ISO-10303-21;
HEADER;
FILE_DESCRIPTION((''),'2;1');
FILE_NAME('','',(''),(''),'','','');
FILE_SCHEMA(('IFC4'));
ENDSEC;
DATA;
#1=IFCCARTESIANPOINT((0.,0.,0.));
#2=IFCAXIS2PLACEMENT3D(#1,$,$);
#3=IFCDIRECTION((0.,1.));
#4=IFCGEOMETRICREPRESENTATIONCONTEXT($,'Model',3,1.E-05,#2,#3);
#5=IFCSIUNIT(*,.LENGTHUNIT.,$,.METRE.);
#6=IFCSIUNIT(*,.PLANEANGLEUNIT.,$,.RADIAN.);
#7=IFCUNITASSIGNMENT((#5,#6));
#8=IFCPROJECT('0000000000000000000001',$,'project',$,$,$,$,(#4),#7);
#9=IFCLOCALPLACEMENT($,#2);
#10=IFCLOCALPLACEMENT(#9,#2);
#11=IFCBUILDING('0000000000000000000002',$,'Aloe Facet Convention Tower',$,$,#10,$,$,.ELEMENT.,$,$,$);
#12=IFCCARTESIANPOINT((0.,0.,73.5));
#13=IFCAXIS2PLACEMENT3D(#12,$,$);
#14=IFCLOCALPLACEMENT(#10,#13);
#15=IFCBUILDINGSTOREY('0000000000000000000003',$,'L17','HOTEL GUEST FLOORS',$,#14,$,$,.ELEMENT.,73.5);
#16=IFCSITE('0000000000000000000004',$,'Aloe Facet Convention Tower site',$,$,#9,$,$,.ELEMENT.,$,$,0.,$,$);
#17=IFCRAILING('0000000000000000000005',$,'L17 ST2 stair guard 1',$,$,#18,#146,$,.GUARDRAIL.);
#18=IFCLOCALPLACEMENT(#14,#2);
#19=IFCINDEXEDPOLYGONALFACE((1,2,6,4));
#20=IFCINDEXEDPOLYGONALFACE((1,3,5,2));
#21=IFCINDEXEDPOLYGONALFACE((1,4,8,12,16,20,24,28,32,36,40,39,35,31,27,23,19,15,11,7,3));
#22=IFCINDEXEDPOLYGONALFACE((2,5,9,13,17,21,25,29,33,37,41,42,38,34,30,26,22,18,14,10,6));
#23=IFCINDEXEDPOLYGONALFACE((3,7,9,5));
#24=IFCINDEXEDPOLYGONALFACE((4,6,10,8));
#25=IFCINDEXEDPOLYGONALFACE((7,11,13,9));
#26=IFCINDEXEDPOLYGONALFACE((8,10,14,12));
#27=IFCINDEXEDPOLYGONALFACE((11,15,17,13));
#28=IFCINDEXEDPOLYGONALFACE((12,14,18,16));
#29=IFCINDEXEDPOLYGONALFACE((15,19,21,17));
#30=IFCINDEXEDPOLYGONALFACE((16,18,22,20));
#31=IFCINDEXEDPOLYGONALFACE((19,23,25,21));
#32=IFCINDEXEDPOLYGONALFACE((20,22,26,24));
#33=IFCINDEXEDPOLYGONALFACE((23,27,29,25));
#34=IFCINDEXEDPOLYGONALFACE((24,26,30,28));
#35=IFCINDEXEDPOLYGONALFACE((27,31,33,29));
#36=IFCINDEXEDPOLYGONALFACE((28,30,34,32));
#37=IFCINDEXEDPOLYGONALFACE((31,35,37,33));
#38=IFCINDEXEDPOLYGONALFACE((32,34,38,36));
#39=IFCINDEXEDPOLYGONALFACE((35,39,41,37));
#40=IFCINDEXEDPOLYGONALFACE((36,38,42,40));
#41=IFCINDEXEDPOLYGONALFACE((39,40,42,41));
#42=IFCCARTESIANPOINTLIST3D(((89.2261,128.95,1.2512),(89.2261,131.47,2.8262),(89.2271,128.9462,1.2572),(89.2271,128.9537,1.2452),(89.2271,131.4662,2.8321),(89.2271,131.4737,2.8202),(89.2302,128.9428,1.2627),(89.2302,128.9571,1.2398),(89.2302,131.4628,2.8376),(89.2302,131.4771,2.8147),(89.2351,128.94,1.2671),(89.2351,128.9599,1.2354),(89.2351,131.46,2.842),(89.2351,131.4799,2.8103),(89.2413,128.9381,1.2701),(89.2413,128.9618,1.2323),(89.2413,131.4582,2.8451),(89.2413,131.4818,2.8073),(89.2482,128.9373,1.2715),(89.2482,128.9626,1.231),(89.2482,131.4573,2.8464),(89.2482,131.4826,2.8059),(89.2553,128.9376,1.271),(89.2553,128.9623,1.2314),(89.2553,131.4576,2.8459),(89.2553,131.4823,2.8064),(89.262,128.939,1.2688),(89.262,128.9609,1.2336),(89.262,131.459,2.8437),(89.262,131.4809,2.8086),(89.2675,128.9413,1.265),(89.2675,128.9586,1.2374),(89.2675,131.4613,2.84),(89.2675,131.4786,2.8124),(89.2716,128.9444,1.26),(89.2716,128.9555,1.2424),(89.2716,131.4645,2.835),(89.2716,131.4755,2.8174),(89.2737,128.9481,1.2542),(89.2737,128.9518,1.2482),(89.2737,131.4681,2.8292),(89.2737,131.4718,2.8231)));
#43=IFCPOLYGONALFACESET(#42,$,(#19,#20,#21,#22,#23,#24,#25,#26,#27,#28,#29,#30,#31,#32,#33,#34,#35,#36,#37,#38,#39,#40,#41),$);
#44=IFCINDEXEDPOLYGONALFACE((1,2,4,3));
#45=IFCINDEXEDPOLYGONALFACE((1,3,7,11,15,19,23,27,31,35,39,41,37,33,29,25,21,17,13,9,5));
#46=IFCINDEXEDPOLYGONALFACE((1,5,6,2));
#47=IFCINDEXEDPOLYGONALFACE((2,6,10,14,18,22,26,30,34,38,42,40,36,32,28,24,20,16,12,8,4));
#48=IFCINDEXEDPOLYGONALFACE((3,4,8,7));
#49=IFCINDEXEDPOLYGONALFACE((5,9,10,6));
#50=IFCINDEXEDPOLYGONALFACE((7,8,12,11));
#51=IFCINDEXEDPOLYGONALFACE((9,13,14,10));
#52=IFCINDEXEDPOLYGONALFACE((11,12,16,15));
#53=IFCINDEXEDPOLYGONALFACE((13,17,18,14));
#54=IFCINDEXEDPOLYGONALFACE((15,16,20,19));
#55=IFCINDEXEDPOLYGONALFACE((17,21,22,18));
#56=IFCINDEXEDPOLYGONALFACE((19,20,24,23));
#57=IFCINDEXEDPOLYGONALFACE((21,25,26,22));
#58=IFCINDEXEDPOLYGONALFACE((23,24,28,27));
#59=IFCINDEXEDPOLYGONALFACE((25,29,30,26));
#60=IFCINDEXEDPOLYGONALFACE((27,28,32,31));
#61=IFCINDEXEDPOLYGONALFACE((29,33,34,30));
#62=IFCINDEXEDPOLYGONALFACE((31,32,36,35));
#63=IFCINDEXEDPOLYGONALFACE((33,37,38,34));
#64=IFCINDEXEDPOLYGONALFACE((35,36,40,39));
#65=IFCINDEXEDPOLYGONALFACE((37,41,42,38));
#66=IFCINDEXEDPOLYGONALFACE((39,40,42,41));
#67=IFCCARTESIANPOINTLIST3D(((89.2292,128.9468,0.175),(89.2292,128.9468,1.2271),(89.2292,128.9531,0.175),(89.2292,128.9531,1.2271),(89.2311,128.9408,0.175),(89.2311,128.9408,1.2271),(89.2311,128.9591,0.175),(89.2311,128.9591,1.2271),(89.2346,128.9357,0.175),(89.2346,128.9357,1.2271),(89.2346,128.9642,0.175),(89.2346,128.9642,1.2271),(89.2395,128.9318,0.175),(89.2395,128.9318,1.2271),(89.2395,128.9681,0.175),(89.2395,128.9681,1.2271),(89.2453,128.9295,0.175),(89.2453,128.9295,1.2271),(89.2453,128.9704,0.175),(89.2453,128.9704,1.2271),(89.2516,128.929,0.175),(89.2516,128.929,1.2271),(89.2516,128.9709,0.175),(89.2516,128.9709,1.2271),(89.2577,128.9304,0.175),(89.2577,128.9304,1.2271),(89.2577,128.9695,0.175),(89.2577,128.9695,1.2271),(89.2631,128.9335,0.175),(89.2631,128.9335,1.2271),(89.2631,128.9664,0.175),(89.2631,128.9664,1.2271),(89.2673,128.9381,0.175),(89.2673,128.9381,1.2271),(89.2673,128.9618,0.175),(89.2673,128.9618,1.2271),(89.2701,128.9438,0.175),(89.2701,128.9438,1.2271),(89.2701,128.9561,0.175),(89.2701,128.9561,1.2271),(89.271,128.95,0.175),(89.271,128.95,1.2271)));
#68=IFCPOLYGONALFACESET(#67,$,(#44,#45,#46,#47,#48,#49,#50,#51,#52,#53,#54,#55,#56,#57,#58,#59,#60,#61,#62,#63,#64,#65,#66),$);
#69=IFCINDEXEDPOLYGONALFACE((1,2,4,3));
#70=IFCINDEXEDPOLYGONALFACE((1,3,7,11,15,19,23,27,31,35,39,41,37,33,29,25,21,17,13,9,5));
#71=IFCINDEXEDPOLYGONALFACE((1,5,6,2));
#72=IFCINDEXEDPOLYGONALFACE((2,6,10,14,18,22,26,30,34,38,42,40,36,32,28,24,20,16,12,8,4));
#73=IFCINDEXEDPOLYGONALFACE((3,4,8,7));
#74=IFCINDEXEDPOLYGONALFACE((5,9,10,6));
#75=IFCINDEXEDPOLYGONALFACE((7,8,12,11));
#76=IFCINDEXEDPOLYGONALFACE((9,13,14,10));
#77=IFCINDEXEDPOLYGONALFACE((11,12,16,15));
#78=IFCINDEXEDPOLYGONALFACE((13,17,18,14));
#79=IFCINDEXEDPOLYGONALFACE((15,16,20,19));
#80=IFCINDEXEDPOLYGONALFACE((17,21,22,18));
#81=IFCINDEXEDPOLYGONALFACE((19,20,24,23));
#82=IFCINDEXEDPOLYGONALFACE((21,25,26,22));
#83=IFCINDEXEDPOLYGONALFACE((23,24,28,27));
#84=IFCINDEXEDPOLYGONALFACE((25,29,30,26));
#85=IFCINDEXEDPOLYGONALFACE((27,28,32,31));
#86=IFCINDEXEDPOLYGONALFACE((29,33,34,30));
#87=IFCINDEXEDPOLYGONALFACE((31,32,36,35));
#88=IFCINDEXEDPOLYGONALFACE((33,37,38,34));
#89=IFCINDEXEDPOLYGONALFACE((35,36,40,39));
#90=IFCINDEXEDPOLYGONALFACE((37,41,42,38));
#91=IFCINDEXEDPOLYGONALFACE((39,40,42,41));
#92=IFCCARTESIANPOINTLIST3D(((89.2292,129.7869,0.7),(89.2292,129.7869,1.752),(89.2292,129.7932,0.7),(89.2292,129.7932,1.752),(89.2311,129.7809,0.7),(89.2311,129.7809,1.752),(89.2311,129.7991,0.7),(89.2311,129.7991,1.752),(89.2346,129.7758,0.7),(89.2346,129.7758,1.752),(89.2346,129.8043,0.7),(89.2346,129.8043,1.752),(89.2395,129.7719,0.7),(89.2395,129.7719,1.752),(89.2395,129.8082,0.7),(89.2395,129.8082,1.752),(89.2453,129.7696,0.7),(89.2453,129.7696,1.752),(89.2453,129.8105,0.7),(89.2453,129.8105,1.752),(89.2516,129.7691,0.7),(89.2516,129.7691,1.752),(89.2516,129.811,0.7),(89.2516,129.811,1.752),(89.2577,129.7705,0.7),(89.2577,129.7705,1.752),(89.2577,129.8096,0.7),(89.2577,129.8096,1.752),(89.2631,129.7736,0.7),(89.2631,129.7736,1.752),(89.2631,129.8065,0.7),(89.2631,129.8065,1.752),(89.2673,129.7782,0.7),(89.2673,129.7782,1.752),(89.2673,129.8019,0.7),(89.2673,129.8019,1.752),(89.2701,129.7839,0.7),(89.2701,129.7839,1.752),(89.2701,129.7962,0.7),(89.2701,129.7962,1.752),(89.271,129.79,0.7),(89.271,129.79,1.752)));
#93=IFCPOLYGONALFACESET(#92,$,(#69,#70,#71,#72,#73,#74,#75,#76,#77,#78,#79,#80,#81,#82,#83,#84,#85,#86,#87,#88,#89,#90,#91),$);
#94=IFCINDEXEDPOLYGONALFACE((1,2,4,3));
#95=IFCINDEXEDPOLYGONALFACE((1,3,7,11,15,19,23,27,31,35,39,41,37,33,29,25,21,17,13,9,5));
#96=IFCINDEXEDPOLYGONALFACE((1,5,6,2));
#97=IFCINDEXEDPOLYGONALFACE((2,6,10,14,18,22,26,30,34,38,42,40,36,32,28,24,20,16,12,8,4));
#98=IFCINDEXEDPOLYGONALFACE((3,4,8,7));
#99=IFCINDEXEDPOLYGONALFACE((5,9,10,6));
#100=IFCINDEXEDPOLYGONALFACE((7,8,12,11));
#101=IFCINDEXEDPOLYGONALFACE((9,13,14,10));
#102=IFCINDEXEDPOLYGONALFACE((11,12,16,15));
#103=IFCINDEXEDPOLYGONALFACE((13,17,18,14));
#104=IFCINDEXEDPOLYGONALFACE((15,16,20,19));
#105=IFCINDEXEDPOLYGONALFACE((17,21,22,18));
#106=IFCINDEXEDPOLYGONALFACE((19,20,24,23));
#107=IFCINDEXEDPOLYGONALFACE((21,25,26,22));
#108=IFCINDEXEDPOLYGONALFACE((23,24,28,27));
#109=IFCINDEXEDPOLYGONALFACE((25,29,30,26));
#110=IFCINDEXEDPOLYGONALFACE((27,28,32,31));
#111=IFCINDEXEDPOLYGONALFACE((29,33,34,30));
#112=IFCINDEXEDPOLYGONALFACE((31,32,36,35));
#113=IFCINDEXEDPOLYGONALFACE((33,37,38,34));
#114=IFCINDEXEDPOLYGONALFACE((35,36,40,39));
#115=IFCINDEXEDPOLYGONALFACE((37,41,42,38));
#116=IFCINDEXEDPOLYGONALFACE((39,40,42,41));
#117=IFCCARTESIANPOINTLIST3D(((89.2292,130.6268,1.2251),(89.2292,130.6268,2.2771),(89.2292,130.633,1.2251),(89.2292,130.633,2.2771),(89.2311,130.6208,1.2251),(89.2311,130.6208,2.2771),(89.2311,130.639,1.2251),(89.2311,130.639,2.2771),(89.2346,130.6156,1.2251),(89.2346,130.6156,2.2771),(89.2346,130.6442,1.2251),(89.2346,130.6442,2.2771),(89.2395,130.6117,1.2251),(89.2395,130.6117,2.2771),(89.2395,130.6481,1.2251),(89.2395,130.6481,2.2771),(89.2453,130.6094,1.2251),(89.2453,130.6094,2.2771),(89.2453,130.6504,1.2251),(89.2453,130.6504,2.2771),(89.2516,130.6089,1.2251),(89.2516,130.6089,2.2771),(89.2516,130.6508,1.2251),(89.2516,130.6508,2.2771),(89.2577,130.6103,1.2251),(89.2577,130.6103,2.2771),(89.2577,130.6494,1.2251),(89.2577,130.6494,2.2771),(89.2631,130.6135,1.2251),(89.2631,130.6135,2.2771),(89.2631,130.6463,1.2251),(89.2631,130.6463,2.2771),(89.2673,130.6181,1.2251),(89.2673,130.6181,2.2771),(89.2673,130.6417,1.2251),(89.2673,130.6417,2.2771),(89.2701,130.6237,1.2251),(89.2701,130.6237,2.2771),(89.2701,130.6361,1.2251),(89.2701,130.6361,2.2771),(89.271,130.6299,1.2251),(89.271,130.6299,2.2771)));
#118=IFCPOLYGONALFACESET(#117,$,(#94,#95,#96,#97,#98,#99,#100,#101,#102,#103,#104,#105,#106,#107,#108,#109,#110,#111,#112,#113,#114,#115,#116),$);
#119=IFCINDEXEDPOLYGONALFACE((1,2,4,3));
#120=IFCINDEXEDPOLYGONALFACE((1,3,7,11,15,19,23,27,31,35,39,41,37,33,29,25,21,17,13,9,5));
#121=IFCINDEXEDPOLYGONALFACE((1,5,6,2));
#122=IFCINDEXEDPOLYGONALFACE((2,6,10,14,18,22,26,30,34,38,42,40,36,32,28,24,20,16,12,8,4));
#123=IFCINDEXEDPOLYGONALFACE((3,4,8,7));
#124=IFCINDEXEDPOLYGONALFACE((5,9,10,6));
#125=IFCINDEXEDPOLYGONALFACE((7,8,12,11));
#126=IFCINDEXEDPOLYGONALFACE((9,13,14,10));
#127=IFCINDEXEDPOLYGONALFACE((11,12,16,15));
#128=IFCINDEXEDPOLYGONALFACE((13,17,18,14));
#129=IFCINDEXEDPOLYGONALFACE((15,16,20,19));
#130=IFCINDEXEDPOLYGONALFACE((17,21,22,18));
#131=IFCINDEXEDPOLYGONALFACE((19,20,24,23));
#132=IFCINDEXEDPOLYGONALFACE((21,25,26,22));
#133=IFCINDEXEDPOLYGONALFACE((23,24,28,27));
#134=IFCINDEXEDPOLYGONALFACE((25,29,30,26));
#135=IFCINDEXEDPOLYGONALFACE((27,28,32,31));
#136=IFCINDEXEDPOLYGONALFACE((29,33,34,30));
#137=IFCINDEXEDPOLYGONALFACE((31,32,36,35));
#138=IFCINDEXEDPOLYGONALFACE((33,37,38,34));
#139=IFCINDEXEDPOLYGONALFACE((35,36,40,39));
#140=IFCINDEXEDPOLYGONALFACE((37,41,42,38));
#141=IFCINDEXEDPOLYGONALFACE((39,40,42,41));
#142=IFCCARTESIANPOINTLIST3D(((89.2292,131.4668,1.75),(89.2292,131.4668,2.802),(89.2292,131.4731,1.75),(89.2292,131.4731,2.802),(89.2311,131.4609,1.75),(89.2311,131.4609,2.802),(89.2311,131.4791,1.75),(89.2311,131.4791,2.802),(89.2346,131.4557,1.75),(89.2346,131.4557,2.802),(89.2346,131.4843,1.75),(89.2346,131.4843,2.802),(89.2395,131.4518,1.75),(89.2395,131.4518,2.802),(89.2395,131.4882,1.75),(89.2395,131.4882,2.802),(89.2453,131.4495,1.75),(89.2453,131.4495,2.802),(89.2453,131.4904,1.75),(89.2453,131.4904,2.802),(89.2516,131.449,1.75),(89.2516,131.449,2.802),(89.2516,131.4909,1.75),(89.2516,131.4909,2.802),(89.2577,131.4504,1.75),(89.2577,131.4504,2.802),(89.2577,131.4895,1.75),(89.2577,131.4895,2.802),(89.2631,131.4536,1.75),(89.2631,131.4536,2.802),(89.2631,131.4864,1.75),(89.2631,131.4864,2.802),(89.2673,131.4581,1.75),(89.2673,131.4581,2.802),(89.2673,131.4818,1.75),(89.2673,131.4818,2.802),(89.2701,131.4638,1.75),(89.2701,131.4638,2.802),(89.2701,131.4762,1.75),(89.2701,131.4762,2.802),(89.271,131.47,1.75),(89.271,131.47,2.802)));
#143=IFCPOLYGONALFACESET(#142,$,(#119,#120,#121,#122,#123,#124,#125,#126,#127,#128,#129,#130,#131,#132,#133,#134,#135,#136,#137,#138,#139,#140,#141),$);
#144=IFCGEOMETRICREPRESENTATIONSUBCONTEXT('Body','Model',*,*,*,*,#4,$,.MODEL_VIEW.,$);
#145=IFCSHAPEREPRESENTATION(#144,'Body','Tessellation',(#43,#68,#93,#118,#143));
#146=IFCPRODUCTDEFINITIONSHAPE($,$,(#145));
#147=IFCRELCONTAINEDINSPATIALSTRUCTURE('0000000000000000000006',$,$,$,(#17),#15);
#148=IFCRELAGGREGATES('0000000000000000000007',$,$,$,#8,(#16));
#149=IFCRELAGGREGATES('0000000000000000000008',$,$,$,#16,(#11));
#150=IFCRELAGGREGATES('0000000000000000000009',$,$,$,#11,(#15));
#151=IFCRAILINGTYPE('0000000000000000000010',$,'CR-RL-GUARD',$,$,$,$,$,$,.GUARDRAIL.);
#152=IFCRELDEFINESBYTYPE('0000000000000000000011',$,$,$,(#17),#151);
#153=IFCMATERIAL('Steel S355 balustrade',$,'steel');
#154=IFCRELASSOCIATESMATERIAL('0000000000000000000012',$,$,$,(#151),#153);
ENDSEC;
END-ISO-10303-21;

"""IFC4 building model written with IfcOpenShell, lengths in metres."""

from ifc_helpers import new_model, si_unit, direction, frame, origin, origin_2d, place, context, subcontext, project, spatial, circle, extrude, material, type_object, element, save


model = new_model("IFC4")

# Units and contexts
model_context = context("Model", 3, precision=1e-05, world=origin(), true_north=direction((0.0, 1.0)))
body_context = subcontext(model_context, "Body", "Model", "MODEL_VIEW")
ifc_project = project(units=[si_unit("LENGTHUNIT", "METRE"), si_unit("PLANEANGLEUNIT", "RADIAN")], contexts=[model_context])

# Site, building, storey
site_placement = place(None, origin())
site = spatial("IfcSite", under=ifc_project, at=site_placement, Name="Aloe Facet Convention Tower site", CompositionType="ELEMENT", RefElevation=0.0)
building_placement = place(site_placement, origin())
building = spatial("IfcBuilding", under=site, at=building_placement, Name="Aloe Facet Convention Tower", CompositionType="ELEMENT")
storey_placement = place(building_placement, frame((0.0, 0.0, 73.5)))
storey = spatial("IfcBuildingStorey", under=building, at=storey_placement, Name="L17", Description="HOTEL GUEST FLOORS", CompositionType="ELEMENT", Elevation=73.5)

# Railing
ifc_material_1 = material(Name="Steel S355 balustrade", Category="steel")
railing_type_1 = type_object("IfcRailingType", Name="CR-RL-GUARD", PredefinedType="GUARDRAIL", material=ifc_material_1)
railing_1_placement = place(storey_placement, frame((89.25, 128.95, 0.175)))
element("IfcRailing", 1, at=railing_1_placement, inside=storey, type_object=railing_type_1, Name="L17 ST2 stair guard 1", PredefinedType="GUARDRAIL", context=body_context, shape_type="SweptSolid", body=[
    extrude(circle(Radius=0.0239, at=origin_2d()), frame((0.0, 0.0, 1.0762), z_axis=(0.0, 0.848008, 0.529984), x_axis=(-1.0, 0.0, 0.0)), (0.0, 0.0, 1.0), 2.9717),
    extrude(circle(Radius=0.021, at=origin_2d()), origin(), (0.0, 0.0, 1.0), 1.052),
    extrude(circle(Radius=0.021, at=origin_2d()), frame((0.0, 0.8401, 0.5249)), (0.0, 0.0, 1.0), 1.052),
    extrude(circle(Radius=0.021, at=origin_2d()), frame((0.0, 1.6799, 1.05)), (0.0, 0.0, 1.0), 1.052),
    extrude(circle(Radius=0.021, at=origin_2d()), frame((0.0, 2.52, 1.575)), (0.0, 0.0, 1.0), 1.052),
])

save(model, "model.ifc")
